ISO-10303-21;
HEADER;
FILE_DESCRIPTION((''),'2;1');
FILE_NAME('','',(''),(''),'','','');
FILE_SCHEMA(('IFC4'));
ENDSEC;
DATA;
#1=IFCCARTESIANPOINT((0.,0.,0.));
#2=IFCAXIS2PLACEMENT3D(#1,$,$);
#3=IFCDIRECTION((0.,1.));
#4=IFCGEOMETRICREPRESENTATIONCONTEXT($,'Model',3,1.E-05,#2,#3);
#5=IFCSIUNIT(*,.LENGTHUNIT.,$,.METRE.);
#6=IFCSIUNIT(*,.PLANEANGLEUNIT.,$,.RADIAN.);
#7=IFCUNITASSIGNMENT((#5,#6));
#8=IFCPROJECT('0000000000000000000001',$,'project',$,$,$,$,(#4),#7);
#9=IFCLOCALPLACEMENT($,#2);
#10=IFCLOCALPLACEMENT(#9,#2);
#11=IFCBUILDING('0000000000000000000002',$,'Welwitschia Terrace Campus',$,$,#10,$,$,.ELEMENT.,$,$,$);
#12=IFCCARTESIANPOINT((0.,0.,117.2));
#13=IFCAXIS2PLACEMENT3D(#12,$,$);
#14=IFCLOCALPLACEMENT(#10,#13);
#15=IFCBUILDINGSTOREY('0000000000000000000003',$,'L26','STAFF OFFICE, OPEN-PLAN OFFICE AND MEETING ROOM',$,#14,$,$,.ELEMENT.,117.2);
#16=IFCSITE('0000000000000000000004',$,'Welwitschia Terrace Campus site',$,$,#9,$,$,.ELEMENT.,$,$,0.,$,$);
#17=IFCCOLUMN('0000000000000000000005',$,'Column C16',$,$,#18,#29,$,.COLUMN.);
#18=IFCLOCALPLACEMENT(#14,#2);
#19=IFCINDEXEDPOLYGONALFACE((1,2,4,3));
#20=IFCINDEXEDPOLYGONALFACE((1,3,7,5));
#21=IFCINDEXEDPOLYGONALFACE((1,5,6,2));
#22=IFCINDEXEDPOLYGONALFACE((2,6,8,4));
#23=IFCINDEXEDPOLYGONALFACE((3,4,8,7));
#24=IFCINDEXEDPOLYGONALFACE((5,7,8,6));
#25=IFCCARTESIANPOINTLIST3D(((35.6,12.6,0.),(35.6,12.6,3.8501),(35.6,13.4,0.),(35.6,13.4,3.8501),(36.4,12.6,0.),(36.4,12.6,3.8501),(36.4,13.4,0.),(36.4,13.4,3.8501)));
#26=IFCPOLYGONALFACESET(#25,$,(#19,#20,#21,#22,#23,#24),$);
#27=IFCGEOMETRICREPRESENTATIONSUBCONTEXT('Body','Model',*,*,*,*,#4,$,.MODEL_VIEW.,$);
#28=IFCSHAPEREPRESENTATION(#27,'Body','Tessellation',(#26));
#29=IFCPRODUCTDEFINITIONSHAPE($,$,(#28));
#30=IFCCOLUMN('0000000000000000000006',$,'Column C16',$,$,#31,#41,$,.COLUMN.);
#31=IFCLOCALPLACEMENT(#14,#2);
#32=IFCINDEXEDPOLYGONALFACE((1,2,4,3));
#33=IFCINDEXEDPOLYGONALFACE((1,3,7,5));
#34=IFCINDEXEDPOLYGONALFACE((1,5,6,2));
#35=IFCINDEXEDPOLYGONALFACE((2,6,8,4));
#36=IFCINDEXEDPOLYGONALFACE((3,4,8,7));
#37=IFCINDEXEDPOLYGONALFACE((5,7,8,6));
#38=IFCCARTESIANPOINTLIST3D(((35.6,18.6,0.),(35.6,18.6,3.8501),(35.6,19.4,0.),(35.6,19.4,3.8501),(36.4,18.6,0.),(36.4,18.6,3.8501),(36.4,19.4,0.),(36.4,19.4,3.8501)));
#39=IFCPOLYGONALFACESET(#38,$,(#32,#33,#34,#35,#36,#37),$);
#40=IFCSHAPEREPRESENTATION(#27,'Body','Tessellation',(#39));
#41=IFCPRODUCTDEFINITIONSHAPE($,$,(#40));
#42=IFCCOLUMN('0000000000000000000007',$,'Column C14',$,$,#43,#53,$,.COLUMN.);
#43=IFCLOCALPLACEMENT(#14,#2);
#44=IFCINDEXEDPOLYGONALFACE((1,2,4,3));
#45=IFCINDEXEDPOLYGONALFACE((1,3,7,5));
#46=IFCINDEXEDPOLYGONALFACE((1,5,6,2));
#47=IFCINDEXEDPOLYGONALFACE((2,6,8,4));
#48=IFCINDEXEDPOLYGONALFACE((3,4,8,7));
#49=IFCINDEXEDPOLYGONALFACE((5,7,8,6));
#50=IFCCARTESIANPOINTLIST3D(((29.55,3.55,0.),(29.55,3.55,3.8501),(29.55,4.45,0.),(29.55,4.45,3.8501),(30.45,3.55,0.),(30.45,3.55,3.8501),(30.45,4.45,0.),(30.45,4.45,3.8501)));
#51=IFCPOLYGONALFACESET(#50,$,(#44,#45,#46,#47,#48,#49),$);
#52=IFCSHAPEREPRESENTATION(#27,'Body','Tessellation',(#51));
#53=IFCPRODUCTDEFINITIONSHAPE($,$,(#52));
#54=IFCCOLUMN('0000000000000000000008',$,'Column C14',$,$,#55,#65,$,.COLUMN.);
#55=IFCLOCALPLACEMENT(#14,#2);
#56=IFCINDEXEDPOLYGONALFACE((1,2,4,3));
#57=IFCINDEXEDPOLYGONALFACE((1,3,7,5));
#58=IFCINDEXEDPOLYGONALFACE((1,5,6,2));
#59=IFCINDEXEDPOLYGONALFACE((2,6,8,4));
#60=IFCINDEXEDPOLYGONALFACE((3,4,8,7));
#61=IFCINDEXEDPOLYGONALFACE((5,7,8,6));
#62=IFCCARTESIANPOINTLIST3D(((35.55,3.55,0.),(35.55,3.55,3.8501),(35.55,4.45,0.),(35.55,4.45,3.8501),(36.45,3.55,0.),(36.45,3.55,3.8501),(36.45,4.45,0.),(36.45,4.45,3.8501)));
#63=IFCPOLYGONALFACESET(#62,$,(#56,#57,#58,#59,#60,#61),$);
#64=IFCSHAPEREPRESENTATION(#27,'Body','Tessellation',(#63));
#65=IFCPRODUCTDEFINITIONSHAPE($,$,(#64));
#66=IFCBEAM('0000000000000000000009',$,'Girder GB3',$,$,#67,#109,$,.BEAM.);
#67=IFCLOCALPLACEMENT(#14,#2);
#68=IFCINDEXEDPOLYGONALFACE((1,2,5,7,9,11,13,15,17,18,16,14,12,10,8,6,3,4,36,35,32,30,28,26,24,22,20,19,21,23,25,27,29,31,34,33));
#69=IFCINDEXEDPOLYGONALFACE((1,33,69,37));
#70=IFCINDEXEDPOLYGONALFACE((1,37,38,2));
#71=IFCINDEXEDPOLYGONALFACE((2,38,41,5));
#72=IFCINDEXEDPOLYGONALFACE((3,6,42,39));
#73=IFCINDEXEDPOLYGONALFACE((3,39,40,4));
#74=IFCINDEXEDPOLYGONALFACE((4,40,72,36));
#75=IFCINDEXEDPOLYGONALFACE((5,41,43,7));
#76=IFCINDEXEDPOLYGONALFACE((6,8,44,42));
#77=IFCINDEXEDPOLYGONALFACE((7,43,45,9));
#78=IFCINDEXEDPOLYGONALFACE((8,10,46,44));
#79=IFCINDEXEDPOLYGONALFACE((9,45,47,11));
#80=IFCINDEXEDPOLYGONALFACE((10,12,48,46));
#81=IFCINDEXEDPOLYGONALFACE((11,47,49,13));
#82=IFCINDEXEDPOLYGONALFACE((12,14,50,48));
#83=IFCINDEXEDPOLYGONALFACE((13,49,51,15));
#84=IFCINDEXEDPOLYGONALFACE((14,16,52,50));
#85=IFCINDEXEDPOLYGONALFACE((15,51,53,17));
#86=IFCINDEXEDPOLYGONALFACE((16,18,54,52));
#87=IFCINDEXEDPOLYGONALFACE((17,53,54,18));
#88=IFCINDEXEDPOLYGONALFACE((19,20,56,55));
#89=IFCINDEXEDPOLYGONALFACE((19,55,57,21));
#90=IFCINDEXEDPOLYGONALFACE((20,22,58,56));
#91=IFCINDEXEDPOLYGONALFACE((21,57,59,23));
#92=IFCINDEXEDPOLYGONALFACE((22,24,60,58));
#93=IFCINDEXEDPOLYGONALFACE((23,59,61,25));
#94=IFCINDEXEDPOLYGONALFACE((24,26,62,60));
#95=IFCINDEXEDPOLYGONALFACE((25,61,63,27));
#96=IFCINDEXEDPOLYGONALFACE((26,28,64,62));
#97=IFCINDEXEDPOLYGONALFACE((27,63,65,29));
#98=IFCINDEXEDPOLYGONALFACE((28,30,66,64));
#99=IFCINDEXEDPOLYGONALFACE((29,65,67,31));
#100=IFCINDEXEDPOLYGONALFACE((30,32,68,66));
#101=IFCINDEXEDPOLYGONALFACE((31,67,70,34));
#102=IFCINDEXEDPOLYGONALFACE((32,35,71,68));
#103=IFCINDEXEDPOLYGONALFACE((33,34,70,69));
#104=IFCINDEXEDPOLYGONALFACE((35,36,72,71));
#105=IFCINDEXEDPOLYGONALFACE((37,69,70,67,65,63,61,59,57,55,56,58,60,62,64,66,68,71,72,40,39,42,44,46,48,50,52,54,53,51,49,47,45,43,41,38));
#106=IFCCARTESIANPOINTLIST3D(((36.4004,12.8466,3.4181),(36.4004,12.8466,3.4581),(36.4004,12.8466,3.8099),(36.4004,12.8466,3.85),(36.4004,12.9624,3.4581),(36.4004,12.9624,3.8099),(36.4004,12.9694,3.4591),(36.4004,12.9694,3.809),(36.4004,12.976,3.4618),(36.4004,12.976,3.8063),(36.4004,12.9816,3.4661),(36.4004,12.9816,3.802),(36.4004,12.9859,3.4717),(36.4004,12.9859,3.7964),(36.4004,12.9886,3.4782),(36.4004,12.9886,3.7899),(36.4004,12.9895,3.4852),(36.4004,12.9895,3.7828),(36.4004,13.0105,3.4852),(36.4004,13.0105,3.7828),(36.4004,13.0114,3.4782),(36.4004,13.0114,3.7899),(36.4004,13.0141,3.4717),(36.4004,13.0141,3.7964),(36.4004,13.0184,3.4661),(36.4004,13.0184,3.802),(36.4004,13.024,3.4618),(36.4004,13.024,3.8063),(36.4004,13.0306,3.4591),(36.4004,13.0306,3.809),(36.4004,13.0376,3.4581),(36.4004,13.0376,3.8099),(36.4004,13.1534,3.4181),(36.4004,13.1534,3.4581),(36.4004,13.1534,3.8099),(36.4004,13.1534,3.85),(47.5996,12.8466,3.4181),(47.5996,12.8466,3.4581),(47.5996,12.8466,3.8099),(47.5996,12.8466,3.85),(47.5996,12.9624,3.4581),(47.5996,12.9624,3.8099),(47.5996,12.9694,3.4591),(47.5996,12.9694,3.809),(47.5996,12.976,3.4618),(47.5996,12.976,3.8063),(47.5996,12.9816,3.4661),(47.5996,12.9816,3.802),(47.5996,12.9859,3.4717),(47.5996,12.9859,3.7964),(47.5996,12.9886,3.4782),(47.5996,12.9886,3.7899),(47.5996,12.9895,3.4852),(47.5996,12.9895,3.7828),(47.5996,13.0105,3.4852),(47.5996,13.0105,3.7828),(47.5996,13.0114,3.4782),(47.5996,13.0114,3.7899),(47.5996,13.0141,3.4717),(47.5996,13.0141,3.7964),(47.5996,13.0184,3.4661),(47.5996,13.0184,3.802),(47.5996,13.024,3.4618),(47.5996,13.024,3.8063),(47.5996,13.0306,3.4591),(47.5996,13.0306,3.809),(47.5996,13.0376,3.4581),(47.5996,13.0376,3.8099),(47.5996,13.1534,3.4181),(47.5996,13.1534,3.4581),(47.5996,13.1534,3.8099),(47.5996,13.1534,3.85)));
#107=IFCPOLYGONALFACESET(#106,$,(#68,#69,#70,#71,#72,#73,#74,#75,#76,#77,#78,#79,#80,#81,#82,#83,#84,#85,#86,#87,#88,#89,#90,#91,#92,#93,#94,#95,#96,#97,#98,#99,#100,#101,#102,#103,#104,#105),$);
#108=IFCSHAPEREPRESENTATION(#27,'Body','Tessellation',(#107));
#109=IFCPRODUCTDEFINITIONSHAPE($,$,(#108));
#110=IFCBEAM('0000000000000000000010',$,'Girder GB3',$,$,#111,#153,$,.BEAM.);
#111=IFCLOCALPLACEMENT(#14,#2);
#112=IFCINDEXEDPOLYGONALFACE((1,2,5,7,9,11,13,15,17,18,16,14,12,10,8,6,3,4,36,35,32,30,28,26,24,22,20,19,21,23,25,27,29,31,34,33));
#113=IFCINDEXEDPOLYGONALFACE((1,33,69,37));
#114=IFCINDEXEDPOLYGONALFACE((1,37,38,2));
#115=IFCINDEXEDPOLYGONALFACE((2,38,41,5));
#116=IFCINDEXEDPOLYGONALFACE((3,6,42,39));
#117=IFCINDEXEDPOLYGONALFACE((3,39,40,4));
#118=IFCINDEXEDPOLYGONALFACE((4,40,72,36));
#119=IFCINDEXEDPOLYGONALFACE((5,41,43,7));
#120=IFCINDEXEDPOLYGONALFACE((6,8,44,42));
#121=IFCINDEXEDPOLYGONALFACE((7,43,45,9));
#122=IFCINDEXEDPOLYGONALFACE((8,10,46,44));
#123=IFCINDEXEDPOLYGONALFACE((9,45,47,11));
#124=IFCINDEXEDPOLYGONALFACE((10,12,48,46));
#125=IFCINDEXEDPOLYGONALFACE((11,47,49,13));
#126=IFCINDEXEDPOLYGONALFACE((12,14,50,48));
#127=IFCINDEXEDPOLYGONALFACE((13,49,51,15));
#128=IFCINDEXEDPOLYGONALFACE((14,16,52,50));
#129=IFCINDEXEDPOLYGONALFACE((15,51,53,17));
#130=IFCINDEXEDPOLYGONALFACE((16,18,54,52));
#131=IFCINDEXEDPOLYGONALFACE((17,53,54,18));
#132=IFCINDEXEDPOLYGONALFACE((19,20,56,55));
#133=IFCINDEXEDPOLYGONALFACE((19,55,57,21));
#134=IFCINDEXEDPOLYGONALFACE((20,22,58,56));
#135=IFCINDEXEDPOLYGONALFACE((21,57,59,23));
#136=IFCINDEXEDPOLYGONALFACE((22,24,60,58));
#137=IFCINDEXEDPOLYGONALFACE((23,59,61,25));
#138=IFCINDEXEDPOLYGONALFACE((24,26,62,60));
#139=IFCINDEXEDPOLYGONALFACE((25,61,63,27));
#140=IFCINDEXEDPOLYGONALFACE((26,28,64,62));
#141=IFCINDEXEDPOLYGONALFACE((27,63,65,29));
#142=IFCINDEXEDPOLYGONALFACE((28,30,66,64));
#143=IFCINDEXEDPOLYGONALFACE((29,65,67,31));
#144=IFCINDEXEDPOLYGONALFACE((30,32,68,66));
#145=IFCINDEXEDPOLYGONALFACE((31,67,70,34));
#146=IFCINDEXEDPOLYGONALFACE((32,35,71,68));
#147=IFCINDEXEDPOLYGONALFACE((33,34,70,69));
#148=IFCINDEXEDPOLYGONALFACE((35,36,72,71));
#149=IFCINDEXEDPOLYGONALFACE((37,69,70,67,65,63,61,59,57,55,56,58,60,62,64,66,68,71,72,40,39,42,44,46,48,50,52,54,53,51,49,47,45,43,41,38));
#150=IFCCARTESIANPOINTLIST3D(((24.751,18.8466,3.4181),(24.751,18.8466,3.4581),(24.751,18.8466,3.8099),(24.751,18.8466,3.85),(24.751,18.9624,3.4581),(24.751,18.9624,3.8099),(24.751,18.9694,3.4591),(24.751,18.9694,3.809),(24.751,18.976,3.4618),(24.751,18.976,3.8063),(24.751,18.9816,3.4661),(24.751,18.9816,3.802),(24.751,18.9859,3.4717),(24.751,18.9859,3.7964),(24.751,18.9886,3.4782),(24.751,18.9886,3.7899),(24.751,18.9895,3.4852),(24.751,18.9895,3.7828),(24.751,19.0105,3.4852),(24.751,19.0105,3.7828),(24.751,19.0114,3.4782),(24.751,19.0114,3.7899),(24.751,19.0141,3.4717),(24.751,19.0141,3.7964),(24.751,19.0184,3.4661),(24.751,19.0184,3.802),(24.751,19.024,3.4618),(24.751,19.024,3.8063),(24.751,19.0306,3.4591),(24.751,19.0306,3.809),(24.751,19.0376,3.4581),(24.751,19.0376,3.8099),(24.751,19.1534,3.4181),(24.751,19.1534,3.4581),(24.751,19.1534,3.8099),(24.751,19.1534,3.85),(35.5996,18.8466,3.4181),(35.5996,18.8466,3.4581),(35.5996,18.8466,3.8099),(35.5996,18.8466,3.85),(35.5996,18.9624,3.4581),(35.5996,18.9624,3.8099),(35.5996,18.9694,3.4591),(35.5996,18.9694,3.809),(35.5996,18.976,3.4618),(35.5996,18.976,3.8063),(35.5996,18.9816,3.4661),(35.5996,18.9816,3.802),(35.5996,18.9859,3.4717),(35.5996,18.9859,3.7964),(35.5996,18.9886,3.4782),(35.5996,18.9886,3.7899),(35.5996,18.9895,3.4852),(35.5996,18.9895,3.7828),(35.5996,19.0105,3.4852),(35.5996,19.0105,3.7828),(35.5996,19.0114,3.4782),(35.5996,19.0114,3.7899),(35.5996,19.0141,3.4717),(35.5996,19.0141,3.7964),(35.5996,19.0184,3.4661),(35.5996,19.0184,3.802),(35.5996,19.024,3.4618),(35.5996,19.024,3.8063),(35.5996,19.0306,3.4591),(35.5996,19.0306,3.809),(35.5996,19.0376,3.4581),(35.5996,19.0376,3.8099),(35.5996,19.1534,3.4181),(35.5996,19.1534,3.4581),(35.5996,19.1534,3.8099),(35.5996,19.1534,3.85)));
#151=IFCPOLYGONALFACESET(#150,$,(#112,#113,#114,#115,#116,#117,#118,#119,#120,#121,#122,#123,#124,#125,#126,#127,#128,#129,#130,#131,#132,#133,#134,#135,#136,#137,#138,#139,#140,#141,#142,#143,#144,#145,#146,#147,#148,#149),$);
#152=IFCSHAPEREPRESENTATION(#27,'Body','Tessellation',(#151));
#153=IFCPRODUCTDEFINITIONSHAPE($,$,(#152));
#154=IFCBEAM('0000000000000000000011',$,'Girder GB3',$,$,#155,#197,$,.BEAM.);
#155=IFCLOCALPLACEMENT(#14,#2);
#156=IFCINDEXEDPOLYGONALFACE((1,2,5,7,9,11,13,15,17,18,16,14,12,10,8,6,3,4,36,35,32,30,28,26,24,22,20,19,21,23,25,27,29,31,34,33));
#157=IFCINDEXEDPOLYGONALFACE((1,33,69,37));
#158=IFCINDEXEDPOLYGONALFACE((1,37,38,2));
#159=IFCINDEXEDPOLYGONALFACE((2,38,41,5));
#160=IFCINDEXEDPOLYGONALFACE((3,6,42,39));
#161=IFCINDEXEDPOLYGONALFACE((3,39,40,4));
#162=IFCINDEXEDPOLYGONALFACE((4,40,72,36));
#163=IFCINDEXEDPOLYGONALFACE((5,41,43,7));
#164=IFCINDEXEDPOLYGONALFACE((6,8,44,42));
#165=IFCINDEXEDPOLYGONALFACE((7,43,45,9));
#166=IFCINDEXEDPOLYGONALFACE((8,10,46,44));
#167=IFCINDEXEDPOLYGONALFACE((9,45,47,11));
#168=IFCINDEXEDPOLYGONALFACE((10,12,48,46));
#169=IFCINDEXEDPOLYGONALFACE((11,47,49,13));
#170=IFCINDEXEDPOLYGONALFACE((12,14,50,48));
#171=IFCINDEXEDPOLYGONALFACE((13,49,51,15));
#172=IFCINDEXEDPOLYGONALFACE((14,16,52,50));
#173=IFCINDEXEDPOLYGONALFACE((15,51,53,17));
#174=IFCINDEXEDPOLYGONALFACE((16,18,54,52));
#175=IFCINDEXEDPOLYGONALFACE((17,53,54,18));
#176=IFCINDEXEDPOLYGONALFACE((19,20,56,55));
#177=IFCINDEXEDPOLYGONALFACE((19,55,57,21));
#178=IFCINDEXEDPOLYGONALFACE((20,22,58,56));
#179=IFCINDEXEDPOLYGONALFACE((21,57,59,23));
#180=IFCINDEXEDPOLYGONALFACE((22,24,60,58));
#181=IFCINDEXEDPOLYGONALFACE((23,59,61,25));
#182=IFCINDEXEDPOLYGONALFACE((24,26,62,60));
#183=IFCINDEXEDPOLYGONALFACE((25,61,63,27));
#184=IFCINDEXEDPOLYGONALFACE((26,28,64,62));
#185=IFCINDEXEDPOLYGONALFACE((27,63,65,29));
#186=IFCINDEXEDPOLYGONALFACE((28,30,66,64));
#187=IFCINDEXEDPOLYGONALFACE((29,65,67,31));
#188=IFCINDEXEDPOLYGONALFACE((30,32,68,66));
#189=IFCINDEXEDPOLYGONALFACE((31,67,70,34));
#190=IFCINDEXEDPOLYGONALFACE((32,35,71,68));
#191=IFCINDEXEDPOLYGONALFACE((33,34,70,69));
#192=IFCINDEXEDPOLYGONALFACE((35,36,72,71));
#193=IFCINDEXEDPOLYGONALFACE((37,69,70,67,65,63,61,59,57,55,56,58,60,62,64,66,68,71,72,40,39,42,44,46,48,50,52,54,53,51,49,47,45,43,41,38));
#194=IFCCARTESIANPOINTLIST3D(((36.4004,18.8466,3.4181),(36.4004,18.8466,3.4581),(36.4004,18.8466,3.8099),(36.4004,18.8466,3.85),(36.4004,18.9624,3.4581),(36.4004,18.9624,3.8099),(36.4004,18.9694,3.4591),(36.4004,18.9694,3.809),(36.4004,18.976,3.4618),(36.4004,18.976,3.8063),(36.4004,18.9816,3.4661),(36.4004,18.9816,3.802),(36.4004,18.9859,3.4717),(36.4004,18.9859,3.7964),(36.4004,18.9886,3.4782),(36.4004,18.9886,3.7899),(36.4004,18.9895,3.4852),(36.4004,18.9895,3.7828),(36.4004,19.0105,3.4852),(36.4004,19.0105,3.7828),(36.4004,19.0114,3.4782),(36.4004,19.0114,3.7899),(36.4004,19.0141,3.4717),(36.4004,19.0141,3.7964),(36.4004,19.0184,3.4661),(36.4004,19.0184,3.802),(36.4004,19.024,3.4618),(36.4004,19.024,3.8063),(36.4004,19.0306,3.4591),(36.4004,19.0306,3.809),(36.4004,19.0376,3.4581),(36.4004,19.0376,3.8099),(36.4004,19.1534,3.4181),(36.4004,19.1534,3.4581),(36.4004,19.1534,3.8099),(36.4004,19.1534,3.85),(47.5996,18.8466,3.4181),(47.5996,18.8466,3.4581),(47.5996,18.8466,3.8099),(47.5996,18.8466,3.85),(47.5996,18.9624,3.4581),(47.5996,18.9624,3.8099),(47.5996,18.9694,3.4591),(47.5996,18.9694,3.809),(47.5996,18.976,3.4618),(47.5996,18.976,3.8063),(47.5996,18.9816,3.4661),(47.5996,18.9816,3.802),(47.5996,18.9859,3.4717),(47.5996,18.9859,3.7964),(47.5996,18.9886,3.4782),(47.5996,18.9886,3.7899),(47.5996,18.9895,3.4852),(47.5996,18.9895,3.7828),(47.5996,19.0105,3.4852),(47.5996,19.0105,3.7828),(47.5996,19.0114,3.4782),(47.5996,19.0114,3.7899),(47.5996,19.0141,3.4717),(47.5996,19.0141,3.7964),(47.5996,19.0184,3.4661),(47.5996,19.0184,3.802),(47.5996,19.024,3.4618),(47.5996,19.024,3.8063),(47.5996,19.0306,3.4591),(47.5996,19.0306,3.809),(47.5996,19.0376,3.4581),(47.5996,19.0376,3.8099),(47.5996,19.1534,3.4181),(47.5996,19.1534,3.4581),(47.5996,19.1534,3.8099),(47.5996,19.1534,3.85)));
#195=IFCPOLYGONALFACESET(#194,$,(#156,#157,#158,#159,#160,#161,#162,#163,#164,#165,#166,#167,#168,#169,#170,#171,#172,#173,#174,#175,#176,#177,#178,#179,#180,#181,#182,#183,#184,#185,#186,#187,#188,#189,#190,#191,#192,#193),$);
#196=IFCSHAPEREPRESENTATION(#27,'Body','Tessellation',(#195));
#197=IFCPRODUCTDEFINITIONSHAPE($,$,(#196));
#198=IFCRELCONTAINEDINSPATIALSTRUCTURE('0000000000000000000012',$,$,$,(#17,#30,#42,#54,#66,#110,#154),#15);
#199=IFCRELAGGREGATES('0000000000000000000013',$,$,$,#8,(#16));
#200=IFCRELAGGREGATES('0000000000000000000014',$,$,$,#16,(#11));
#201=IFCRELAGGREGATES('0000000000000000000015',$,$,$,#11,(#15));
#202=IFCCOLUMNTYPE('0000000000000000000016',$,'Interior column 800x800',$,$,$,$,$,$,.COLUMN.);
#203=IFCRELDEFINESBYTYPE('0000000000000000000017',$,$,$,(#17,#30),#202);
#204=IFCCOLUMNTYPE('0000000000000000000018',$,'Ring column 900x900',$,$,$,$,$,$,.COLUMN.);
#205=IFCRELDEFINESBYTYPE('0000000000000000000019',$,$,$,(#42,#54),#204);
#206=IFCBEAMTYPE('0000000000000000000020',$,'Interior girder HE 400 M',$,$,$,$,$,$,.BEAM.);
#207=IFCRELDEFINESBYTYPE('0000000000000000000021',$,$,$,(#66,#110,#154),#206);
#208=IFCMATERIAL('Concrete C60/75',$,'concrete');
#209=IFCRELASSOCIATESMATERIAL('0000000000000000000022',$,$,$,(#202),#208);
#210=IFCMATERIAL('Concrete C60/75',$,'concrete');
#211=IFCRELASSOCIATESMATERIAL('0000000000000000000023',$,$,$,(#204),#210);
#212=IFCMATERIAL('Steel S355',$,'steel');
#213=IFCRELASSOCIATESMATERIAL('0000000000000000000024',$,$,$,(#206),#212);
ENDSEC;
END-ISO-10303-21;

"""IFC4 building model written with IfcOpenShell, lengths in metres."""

from ifc_helpers import new_model, si_unit, direction, frame, origin, origin_2d, place, context, subcontext, project, spatial, rectangle, i_section, extrude, material, material_profile, profile_set, type_object, element, save


model = new_model("IFC4")

# Units and contexts
model_context = context("Model", 3, precision=1e-05, world=origin(), true_north=direction((0.0, 1.0)))
body_context = subcontext(model_context, "Body", "Model", "MODEL_VIEW")
ifc_project = project(units=[si_unit("LENGTHUNIT", "METRE"), si_unit("PLANEANGLEUNIT", "RADIAN")], contexts=[model_context])

# Site, building, storey
site_placement = place(None, origin())
site = spatial("IfcSite", under=ifc_project, at=site_placement, Name="Welwitschia Terrace Campus site", CompositionType="ELEMENT", RefElevation=0.0)
building_placement = place(site_placement, origin())
building = spatial("IfcBuilding", under=site, at=building_placement, Name="Welwitschia Terrace Campus", CompositionType="ELEMENT")
storey_placement = place(building_placement, frame((0.0, 0.0, 117.2)))
storey = spatial("IfcBuildingStorey", under=building, at=storey_placement, Name="L26", Description="STAFF OFFICE, OPEN-PLAN OFFICE AND MEETING ROOM", CompositionType="ELEMENT", Elevation=117.2)

# Columns
ifc_material_1 = material(Name="Concrete C60/75", Category="concrete")
ifc_material_profile_1 = material_profile(ifc_material_1, rectangle(XDim=0.8, YDim=0.8, at=origin_2d()))
ifc_profile_set_1 = profile_set([ifc_material_profile_1], Name="Concrete C60/75")
column_type_1 = type_object("IfcColumnType", Name="Interior column 800x800", PredefinedType="COLUMN", material=ifc_profile_set_1)
for number, where, z_axis, x_axis, name in (
    (1, (36.0, 13.0, 0.0), (0.0, 0.0, 1.0), (1.0, 0.0, 0.0), "Column C16"),
    (2, (36.0, 19.0, 0.0), (0.0, 0.0, 1.0), (1.0, 0.0, 0.0), "Column C16"),
):
    element("IfcColumn", number, at=place(storey_placement, frame(where, z_axis=z_axis, x_axis=x_axis)), inside=storey, type_object=column_type_1, Name=name, PredefinedType="COLUMN", context=body_context, shape_type="SweptSolid", body=[
        extrude(rectangle(XDim=0.8, YDim=0.8, at=origin_2d()), origin(), (0.0, 0.0, 1.0), 3.8501),
    ])
ifc_material_2 = material(Name="Concrete C60/75", Category="concrete")
ifc_material_profile_2 = material_profile(ifc_material_2, rectangle(XDim=0.8999, YDim=0.8999, at=origin_2d()))
ifc_profile_set_2 = profile_set([ifc_material_profile_2], Name="Concrete C60/75")
column_type_2 = type_object("IfcColumnType", Name="Ring column 900x900", PredefinedType="COLUMN", material=ifc_profile_set_2)
for number, where, z_axis, x_axis, name in (
    (3, (30.0, 4.0, 0.0), (0.0, 0.0, 1.0), (1.0, 0.0, 0.0), "Column C14"),
    (4, (36.0, 4.0, 0.0), (0.0, 0.0, 1.0), (1.0, 0.0, 0.0), "Column C14"),
):
    element("IfcColumn", number, at=place(storey_placement, frame(where, z_axis=z_axis, x_axis=x_axis)), inside=storey, type_object=column_type_2, Name=name, PredefinedType="COLUMN", context=body_context, shape_type="SweptSolid", body=[
        extrude(rectangle(XDim=0.8999, YDim=0.8999, at=origin_2d()), origin(), (0.0, 0.0, 1.0), 3.8501),
    ])

# Beams
ifc_material_3 = material(Name="Steel S355", Category="steel")
ifc_material_profile_3 = material_profile(ifc_material_3, i_section(OverallWidth=0.3069, OverallDepth=0.4319, WebThickness=0.021, FlangeThickness=0.04, FilletRadius=0.0271, at=origin_2d()))
ifc_profile_set_3 = profile_set([ifc_material_profile_3], Name="Steel S355")
beam_type_1 = type_object("IfcBeamType", Name="Interior girder HE 400 M", PredefinedType="BEAM", material=ifc_profile_set_3)
beam_1_placement = place(storey_placement, frame((36.4004, 13.0, 3.634), z_axis=(1.0, 0.0, 0.0), x_axis=(0.0, 1.0, 0.0)))
element("IfcBeam", 5, at=beam_1_placement, inside=storey, type_object=beam_type_1, Name="Girder GB3", PredefinedType="BEAM", context=body_context, shape_type="SweptSolid", body=[
    extrude(i_section(OverallWidth=0.3069, OverallDepth=0.4319, WebThickness=0.021, FlangeThickness=0.04, FilletRadius=0.0271, at=origin_2d()), origin(), (0.0, 0.0, 1.0), 11.1992),
])
beam_2_placement = place(storey_placement, frame((24.751, 19.0, 3.634), z_axis=(1.0, 0.0, 0.0), x_axis=(0.0, 1.0, 0.0)))
element("IfcBeam", 6, at=beam_2_placement, inside=storey, type_object=beam_type_1, Name="Girder GB3", PredefinedType="BEAM", context=body_context, shape_type="SweptSolid", body=[
    extrude(i_section(OverallWidth=0.3069, OverallDepth=0.4319, WebThickness=0.021, FlangeThickness=0.04, FilletRadius=0.0271, at=origin_2d()), origin(), (0.0, 0.0, 1.0), 10.8486),
])
beam_3_placement = place(storey_placement, frame((36.4004, 19.0, 3.634), z_axis=(1.0, 0.0, 0.0), x_axis=(0.0, 1.0, 0.0)))
element("IfcBeam", 7, at=beam_3_placement, inside=storey, type_object=beam_type_1, Name="Girder GB3", PredefinedType="BEAM", context=body_context, shape_type="SweptSolid", body=[
    extrude(i_section(OverallWidth=0.3069, OverallDepth=0.4319, WebThickness=0.021, FlangeThickness=0.04, FilletRadius=0.0271, at=origin_2d()), origin(), (0.0, 0.0, 1.0), 11.1992),
])

save(model, "model.ifc")
